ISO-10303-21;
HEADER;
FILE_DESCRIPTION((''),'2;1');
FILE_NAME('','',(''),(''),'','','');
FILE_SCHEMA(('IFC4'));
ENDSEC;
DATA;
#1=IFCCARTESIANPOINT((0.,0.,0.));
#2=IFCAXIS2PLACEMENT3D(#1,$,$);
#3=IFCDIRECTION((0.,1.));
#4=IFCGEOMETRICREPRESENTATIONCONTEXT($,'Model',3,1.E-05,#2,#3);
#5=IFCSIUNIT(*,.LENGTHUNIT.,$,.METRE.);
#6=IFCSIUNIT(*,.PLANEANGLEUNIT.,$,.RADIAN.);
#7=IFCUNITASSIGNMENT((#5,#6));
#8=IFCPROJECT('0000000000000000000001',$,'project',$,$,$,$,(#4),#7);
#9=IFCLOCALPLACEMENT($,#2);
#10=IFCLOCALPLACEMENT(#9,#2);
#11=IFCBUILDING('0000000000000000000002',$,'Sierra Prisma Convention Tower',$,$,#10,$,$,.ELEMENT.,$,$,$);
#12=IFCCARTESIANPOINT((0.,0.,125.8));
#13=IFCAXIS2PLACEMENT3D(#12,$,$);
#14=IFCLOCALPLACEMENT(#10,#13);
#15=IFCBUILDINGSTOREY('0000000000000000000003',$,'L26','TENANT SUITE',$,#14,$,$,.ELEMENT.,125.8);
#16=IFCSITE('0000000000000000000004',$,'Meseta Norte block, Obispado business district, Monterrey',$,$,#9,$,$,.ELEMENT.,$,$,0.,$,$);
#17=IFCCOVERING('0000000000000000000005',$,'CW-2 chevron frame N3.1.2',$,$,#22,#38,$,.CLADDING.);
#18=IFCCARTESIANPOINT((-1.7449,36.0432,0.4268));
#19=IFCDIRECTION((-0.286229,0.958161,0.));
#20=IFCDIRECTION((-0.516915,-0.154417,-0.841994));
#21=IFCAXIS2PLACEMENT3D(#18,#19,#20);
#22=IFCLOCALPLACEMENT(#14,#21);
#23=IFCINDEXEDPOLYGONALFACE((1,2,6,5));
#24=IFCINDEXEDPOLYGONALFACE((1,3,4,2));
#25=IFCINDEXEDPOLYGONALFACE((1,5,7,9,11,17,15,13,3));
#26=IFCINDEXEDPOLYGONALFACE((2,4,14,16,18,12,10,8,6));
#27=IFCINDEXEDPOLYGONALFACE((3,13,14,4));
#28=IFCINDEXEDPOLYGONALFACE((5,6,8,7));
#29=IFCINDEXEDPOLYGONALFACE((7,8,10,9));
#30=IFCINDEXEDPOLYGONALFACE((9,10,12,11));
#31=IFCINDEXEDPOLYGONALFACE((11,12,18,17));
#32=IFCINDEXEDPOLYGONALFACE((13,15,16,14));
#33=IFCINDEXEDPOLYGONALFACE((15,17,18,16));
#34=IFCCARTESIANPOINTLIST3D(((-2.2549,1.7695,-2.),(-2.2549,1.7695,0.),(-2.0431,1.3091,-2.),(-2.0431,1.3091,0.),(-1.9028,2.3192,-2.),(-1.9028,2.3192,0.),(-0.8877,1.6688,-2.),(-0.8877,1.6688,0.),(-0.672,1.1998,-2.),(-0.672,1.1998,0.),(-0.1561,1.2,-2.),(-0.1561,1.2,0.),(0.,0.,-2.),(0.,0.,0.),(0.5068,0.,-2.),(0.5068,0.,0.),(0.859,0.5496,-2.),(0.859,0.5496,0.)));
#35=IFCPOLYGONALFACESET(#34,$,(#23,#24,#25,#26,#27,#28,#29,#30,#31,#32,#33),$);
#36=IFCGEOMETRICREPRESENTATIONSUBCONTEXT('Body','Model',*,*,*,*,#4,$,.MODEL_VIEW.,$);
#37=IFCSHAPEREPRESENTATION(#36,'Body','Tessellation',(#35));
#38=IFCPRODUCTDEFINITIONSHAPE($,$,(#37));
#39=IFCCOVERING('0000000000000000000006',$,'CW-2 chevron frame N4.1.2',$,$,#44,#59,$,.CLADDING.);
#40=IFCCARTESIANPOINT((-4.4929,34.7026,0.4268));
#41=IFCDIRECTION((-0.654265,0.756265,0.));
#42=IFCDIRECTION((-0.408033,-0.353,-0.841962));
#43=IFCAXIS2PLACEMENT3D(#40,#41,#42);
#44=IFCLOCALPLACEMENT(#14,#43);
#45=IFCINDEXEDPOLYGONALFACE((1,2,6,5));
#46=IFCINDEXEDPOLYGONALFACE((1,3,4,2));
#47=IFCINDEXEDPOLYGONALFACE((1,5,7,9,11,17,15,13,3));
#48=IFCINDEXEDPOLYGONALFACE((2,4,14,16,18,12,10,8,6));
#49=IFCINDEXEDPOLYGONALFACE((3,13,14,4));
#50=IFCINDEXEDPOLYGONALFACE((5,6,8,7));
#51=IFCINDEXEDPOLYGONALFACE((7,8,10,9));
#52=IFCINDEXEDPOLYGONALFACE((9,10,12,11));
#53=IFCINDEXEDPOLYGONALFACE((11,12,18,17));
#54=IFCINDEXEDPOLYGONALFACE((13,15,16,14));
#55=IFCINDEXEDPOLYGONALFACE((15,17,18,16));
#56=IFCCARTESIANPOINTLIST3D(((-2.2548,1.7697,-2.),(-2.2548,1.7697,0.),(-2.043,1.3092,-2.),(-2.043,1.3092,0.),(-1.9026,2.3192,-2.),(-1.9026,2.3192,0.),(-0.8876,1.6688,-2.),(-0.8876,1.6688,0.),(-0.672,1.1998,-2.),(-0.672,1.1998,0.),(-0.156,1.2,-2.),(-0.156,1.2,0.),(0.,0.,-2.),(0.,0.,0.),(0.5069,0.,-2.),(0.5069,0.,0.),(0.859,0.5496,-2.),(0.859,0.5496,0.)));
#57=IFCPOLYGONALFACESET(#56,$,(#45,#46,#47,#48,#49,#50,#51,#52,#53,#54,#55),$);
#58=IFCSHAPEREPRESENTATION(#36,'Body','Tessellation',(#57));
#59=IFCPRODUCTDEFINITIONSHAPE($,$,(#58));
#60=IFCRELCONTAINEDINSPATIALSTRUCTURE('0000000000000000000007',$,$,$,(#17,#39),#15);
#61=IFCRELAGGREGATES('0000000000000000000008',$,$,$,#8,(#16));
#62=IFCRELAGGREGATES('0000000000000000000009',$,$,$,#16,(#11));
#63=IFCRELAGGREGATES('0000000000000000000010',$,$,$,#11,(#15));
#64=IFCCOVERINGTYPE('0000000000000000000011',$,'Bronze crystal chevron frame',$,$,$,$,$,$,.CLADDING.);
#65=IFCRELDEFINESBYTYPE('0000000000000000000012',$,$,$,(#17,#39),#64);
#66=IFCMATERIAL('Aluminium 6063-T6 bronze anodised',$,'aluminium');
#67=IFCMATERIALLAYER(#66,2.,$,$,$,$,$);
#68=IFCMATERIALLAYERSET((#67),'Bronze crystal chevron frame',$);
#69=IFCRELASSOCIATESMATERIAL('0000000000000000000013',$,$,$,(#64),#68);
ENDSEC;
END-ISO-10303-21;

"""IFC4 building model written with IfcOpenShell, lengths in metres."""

from ifc_helpers import new_model, si_unit, direction, frame, origin, place, context, subcontext, project, spatial, polyline, outline, extrude, material, layer, layer_set, type_object, element, save


model = new_model("IFC4")

# Units and contexts
model_context = context("Model", 3, precision=1e-05, world=origin(), true_north=direction((0.0, 1.0)))
body_context = subcontext(model_context, "Body", "Model", "MODEL_VIEW")
ifc_project = project(units=[si_unit("LENGTHUNIT", "METRE"), si_unit("PLANEANGLEUNIT", "RADIAN")], contexts=[model_context])

# Site, building, storey
site_placement = place(None, origin())
site = spatial("IfcSite", under=ifc_project, at=site_placement, Name="Meseta Norte block, Obispado business district, Monterrey", CompositionType="ELEMENT", RefElevation=0.0)
building_placement = place(site_placement, origin())
building = spatial("IfcBuilding", under=site, at=building_placement, Name="Sierra Prisma Convention Tower", CompositionType="ELEMENT")
storey_placement = place(building_placement, frame((0.0, 0.0, 125.8)))
storey = spatial("IfcBuildingStorey", under=building, at=storey_placement, Name="L26", Description="TENANT SUITE", CompositionType="ELEMENT", Elevation=125.8)

# Coverings
ifc_material_1 = material(Name="Aluminium 6063-T6 bronze anodised", Category="aluminium")
ifc_layer_1 = layer(ifc_material_1, 2.0)
ifc_layer_set_1 = layer_set([ifc_layer_1], Name="Bronze crystal chevron frame")
covering_type = type_object("IfcCoveringType", Name="Bronze crystal chevron frame", PredefinedType="CLADDING", material=ifc_layer_set_1)
covering_1_placement = place(storey_placement, frame((-1.7449, 36.0432, 0.4268), z_axis=(-0.286229, 0.958161, 0.0), x_axis=(-0.516915, -0.154417, -0.841994)))
element("IfcCovering", 1, at=covering_1_placement, inside=storey, type_object=covering_type, Name="CW-2 chevron frame N3.1.2", PredefinedType="CLADDING", context=body_context, shape_type="SweptSolid", body=[
    extrude(outline(polyline([(0.0, 0.0), (0.5068, 0.0), (0.859, 0.5496), (-0.1561, 1.2), (-0.672, 1.1998), (-0.8877, 1.6688), (-1.9028, 2.3192), (-2.2549, 1.7695), (-2.0431, 1.3091), (0.0, 0.0)])), origin(), (0.0, 0.0, -1.0), 2.0),
])
covering_2_placement = place(storey_placement, frame((-4.4929, 34.7026, 0.4268), z_axis=(-0.654265, 0.756265, 0.0), x_axis=(-0.408033, -0.353, -0.841962)))
element("IfcCovering", 2, at=covering_2_placement, inside=storey, type_object=covering_type, Name="CW-2 chevron frame N4.1.2", PredefinedType="CLADDING", context=body_context, shape_type="SweptSolid", body=[
    extrude(outline(polyline([(0.0, 0.0), (0.5069, 0.0), (0.859, 0.5496), (-0.156, 1.2), (-0.672, 1.1998), (-0.8876, 1.6688), (-1.9026, 2.3192), (-2.2548, 1.7697), (-2.043, 1.3092), (0.0, 0.0)])), origin(), (0.0, 0.0, -1.0), 2.0),
])

save(model, "model.ifc")
